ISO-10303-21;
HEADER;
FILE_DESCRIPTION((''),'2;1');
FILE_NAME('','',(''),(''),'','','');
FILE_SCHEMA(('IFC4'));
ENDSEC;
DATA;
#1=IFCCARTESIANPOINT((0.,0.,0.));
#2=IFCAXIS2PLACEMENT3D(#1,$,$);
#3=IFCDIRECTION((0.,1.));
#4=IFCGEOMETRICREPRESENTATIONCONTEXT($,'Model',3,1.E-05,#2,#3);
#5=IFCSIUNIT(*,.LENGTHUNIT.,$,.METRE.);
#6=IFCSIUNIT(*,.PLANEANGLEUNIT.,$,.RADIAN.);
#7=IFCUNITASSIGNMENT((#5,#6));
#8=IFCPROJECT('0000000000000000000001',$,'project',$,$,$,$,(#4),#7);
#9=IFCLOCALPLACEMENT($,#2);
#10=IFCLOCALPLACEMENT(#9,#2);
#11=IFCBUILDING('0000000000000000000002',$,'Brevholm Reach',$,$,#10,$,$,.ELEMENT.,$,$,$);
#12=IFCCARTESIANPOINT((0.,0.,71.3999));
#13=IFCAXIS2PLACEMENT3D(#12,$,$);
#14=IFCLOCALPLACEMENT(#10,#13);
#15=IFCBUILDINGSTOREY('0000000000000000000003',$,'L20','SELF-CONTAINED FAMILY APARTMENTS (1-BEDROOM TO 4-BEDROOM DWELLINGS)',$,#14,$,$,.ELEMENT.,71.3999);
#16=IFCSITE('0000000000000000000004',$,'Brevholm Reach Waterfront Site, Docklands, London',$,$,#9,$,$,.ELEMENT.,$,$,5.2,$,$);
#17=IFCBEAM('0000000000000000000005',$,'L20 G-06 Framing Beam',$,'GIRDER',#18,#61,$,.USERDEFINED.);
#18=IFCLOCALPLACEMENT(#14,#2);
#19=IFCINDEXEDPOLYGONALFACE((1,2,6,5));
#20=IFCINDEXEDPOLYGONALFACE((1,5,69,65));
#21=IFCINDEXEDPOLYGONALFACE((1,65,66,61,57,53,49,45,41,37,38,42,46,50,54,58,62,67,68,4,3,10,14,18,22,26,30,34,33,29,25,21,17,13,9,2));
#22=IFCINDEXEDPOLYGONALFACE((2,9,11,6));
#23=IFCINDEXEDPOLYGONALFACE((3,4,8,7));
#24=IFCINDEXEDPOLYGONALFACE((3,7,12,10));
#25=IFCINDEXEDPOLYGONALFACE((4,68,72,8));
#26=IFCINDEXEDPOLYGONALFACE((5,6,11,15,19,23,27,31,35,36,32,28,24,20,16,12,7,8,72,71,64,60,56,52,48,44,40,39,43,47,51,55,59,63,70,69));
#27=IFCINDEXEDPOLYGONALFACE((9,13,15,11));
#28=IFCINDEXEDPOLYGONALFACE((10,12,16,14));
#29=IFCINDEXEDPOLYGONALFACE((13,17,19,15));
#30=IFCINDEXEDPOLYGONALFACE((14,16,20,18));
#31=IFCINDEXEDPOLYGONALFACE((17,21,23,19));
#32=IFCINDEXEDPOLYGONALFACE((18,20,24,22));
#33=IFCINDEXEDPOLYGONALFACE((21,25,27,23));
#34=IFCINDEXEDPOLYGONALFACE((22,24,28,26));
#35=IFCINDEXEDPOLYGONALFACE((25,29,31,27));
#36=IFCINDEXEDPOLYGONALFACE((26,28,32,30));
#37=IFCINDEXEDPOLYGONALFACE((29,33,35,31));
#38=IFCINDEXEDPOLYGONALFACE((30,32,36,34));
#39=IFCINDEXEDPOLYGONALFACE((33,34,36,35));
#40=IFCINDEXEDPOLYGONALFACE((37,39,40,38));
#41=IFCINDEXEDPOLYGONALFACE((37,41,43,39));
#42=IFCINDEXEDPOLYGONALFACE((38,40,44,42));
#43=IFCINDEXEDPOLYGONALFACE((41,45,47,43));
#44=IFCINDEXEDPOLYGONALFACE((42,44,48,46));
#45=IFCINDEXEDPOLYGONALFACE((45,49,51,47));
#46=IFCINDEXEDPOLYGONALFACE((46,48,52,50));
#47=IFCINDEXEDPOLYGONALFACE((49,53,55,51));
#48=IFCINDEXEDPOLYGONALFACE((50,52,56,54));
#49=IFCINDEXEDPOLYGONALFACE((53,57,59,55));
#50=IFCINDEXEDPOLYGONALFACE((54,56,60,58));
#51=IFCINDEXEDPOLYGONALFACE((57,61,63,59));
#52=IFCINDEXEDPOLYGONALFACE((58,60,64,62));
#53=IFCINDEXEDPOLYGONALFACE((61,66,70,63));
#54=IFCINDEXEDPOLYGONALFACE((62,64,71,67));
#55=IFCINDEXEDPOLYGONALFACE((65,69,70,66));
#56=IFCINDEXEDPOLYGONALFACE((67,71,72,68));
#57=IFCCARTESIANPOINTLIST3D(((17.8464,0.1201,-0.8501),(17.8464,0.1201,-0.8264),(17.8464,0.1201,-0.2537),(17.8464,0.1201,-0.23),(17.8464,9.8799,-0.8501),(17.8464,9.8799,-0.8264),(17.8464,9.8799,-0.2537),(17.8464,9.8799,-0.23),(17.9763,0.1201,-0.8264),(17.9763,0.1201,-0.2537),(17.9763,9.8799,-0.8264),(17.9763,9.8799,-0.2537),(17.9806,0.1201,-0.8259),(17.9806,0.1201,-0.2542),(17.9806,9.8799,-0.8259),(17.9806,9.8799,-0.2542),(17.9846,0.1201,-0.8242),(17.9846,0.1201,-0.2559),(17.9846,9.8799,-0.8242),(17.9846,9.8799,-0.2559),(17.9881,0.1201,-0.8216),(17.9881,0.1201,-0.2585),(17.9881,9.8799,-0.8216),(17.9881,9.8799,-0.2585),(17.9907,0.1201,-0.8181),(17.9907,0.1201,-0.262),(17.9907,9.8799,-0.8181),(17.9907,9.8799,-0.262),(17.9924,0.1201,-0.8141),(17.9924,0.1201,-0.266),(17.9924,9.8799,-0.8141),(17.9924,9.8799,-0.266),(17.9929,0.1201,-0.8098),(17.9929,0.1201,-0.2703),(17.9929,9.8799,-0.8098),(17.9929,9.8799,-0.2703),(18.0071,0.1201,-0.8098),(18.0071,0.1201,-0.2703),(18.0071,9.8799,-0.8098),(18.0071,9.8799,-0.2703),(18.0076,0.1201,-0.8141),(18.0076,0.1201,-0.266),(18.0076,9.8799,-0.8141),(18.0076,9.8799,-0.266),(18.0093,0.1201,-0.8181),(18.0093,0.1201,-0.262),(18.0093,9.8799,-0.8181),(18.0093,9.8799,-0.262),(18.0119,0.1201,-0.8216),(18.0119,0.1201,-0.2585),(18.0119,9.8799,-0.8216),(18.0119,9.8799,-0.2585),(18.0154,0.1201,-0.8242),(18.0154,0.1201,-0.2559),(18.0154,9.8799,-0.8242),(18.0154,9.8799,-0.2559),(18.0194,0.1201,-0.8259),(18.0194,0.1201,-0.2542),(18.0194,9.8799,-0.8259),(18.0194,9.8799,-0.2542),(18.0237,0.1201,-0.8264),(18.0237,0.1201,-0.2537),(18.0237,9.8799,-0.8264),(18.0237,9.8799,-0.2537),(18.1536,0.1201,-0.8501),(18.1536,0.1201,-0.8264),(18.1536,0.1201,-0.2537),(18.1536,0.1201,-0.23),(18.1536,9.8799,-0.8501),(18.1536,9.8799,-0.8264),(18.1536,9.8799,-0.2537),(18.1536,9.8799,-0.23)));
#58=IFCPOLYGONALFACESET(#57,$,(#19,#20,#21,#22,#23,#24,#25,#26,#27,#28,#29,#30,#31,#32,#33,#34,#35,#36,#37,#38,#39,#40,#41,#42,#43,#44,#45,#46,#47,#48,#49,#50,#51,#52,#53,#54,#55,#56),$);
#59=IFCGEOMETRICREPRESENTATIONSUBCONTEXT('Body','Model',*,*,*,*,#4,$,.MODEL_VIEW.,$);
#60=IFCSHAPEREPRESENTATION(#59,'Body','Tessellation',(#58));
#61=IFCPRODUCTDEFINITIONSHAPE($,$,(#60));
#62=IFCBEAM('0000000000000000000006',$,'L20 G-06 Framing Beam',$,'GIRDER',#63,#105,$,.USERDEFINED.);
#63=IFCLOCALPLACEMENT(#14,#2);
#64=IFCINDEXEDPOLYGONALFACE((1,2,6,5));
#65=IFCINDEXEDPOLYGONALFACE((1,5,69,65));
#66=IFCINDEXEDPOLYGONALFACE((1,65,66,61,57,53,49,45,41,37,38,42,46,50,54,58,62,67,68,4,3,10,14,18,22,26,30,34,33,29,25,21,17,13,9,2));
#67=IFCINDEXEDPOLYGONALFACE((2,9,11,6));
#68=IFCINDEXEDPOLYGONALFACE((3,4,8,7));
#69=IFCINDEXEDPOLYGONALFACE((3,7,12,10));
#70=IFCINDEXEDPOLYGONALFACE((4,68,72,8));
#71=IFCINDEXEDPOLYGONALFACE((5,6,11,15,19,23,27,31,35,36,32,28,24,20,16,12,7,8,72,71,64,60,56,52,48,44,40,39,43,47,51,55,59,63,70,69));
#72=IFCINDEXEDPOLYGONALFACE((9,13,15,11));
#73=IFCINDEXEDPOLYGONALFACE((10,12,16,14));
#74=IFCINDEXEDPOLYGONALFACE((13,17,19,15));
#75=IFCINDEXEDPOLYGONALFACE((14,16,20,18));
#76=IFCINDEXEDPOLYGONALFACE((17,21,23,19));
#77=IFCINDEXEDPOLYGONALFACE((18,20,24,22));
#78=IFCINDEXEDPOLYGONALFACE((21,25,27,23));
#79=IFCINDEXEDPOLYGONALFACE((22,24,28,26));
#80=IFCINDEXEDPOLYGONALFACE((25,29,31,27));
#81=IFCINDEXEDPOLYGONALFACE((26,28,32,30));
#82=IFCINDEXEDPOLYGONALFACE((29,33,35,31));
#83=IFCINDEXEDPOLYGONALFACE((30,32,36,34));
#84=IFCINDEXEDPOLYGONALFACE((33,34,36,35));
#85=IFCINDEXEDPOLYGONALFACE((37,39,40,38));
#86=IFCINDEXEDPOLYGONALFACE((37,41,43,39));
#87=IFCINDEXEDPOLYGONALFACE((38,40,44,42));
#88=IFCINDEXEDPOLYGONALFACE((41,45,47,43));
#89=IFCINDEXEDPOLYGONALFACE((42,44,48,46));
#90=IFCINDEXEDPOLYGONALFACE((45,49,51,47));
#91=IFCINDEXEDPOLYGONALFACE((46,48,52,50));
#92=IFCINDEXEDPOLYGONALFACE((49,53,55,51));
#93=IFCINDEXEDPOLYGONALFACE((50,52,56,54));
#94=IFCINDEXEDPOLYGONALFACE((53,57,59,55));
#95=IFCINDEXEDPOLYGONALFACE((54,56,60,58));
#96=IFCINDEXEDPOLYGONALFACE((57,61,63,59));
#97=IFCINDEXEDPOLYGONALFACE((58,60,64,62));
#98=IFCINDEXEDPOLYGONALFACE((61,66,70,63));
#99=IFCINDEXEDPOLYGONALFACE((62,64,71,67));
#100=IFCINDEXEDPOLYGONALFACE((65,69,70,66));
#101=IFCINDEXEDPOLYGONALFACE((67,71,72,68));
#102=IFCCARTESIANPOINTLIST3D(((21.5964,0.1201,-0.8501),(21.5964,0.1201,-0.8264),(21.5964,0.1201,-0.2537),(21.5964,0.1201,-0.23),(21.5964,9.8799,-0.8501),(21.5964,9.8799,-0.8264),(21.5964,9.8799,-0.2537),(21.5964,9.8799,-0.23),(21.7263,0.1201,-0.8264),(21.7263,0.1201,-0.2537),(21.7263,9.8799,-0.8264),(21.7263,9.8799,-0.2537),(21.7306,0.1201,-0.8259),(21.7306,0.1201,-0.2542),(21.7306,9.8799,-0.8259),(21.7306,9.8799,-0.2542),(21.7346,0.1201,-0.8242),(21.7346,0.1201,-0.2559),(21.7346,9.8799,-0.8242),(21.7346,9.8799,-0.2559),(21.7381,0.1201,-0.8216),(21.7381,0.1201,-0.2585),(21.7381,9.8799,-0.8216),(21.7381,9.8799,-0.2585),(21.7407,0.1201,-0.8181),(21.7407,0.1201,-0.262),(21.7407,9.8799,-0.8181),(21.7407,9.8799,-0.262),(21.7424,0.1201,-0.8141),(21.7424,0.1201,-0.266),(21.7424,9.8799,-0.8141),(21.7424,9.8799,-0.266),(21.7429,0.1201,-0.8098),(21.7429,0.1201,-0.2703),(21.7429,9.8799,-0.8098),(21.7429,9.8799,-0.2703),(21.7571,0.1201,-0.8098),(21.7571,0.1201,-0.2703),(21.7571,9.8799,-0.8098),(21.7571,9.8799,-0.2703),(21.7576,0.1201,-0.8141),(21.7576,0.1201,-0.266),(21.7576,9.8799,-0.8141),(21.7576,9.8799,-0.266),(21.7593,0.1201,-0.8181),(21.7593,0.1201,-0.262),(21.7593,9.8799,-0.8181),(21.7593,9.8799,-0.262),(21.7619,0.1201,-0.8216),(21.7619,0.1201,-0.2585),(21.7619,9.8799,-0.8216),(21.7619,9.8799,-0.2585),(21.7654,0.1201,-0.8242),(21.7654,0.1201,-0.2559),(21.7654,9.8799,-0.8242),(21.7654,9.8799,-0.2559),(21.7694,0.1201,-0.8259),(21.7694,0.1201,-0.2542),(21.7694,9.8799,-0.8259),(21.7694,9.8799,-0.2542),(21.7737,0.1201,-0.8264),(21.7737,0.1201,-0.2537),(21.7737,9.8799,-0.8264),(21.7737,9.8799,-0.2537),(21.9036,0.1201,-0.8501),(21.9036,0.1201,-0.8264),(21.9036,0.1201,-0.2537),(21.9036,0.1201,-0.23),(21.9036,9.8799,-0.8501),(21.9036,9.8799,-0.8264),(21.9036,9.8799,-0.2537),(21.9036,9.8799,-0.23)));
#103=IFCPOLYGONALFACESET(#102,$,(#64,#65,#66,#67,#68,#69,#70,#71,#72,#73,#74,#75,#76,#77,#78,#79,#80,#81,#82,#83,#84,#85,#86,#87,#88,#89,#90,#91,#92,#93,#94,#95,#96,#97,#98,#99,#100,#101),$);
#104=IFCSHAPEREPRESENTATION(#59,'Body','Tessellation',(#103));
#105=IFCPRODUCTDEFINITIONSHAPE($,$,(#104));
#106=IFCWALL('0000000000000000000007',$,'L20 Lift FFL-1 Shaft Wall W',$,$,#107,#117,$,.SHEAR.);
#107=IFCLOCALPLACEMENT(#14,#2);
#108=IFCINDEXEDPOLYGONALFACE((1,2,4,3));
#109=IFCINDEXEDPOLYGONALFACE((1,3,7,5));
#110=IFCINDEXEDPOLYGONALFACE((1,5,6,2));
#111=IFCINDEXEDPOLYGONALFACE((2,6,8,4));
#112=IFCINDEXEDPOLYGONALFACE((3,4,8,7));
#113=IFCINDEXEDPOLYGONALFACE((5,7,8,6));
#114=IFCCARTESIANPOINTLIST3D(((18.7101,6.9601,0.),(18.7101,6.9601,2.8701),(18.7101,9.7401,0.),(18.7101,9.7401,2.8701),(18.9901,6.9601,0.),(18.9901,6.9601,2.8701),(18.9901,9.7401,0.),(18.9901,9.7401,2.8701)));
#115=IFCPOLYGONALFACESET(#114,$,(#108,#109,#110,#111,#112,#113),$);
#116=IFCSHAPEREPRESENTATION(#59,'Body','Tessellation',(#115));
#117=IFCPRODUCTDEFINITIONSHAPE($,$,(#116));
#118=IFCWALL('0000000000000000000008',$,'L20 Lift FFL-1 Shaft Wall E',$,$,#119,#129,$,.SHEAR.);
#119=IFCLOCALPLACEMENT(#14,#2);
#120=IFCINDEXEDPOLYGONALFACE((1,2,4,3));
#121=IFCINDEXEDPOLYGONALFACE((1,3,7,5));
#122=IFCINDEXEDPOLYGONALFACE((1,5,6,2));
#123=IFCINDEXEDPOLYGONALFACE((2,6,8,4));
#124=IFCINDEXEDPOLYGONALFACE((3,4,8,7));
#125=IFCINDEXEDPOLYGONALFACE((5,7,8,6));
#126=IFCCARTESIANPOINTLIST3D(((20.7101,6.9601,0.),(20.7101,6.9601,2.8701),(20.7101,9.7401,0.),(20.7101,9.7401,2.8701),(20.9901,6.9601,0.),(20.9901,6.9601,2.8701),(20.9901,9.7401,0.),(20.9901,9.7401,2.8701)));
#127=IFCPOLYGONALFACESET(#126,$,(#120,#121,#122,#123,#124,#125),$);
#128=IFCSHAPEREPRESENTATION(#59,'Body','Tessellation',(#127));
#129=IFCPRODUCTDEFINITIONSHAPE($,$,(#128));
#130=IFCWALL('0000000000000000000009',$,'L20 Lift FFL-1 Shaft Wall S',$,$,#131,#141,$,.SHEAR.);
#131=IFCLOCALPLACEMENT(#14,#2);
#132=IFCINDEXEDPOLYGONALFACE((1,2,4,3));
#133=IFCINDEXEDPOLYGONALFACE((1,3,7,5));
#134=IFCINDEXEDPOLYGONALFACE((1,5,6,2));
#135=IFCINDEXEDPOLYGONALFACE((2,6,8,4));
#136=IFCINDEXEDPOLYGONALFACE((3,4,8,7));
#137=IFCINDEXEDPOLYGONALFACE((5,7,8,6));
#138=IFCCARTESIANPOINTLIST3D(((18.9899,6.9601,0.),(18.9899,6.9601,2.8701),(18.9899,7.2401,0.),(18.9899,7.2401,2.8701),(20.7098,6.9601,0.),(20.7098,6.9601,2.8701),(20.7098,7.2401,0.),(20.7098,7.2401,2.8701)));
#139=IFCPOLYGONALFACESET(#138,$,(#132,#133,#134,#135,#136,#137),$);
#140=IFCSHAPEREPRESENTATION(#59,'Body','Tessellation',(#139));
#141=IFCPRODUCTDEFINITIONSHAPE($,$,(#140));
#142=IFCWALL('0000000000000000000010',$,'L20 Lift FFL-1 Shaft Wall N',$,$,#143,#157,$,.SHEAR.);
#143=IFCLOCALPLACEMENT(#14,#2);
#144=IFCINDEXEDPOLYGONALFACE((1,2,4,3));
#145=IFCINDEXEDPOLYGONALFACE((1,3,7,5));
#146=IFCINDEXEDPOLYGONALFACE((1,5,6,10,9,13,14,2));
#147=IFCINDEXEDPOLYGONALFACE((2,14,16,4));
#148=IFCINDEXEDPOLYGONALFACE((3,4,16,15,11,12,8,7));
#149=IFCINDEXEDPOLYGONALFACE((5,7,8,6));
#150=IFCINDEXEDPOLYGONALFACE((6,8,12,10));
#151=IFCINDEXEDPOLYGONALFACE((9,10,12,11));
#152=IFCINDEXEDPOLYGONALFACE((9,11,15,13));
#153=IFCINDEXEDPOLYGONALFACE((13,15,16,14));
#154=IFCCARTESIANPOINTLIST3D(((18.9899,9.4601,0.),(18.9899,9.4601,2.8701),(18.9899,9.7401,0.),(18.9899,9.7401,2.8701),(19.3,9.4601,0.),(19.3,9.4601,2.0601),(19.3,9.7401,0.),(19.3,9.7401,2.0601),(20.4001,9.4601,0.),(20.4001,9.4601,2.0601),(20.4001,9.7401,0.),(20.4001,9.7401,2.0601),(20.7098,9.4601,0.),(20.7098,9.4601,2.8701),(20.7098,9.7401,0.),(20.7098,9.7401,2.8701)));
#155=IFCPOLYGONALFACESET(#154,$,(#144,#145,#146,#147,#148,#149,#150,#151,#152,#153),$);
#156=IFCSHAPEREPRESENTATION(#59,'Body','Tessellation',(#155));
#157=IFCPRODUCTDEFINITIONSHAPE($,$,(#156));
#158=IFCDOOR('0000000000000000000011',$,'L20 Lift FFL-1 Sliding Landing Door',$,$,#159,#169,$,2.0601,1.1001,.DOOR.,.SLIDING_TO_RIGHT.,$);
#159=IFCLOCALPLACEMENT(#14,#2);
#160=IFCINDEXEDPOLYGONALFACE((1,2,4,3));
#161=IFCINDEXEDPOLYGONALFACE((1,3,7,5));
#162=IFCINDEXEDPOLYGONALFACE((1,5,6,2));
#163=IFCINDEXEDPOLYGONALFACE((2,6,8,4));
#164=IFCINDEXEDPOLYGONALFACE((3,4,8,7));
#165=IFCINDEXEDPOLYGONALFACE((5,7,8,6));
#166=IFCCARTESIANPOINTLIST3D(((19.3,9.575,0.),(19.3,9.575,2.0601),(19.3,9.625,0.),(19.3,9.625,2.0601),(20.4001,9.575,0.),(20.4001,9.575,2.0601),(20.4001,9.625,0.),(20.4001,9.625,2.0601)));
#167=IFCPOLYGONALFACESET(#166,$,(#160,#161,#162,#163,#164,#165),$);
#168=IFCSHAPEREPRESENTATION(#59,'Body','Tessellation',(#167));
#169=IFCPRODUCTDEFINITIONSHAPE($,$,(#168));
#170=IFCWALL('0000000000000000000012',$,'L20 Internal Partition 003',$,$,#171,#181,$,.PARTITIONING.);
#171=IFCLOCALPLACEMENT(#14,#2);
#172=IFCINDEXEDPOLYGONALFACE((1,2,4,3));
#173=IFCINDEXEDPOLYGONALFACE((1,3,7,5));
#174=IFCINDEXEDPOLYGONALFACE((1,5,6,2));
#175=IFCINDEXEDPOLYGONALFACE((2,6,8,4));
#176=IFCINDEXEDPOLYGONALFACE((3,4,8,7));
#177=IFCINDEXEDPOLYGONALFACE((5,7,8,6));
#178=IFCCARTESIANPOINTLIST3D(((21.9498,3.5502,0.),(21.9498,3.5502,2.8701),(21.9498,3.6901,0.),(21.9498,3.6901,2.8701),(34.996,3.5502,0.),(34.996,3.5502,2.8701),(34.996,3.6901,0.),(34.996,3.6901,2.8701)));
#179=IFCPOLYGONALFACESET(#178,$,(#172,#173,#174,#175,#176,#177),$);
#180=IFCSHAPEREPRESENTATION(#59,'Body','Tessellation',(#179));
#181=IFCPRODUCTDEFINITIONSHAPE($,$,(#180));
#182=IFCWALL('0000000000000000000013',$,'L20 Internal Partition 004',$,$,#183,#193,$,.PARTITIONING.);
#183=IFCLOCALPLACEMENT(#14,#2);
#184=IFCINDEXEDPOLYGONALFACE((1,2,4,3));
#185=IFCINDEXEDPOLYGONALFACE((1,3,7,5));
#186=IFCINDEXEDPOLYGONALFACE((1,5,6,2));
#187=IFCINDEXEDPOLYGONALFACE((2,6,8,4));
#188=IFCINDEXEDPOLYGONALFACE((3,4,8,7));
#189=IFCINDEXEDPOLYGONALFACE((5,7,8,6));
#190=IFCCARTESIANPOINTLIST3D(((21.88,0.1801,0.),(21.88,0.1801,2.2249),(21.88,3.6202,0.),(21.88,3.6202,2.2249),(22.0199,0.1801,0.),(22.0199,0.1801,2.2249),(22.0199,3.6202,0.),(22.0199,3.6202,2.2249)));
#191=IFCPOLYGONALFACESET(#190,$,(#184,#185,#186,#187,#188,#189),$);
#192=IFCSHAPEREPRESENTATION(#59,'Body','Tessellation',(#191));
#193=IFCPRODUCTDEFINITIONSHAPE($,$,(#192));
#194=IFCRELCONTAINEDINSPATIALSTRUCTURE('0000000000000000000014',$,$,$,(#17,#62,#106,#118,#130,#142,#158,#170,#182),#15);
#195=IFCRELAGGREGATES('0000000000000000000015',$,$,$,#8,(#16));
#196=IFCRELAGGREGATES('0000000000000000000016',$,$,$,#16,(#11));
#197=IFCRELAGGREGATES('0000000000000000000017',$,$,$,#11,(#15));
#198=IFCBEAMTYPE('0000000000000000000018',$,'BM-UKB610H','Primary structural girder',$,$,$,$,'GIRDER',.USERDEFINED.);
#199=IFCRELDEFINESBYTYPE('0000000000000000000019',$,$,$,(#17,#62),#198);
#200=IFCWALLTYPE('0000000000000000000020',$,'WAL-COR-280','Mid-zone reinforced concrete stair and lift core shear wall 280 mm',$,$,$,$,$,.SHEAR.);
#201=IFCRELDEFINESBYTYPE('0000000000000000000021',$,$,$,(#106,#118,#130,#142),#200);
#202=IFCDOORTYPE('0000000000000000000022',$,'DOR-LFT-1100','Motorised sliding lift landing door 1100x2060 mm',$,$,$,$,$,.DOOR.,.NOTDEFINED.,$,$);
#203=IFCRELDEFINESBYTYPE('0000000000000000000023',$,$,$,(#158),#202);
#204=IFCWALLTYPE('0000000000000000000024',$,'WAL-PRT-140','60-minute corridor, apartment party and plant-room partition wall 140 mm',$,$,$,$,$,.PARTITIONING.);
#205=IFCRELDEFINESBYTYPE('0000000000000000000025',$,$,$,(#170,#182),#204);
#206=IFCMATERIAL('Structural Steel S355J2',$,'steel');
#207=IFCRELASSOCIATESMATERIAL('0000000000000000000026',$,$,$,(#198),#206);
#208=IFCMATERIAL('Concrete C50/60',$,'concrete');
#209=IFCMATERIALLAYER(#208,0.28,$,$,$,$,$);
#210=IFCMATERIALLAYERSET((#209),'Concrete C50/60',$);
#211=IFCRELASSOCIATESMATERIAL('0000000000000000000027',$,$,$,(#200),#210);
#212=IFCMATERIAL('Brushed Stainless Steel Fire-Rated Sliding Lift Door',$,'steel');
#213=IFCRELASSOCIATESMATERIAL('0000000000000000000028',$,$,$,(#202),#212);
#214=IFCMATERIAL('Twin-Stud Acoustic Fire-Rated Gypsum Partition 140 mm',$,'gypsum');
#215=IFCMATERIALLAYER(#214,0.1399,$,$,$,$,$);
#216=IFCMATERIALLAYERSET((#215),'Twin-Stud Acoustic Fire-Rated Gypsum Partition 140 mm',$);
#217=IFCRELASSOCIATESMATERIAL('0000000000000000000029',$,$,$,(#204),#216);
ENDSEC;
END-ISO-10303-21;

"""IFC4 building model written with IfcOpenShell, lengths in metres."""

from ifc_helpers import new_model, si_unit, direction, frame, frame_2d, origin, origin_2d, place, context, subcontext, project, spatial, rectangle, i_section, extrude, material, layer, layer_set, material_profile, profile_set, type_object, element, fill, save


model = new_model("IFC4")

# Units and contexts
model_context = context("Model", 3, precision=1e-05, world=origin(), true_north=direction((0.0, 1.0)))
body_context = subcontext(model_context, "Body", "Model", "MODEL_VIEW")
ifc_project = project(units=[si_unit("LENGTHUNIT", "METRE"), si_unit("PLANEANGLEUNIT", "RADIAN")], contexts=[model_context])

# Site, building, storey
site_placement = place(None, origin())
site = spatial("IfcSite", under=ifc_project, at=site_placement, Name="Brevholm Reach Waterfront Site, Docklands, London", CompositionType="ELEMENT", RefElevation=5.2)
building_placement = place(site_placement, origin())
building = spatial("IfcBuilding", under=site, at=building_placement, Name="Brevholm Reach", CompositionType="ELEMENT")
storey_placement = place(building_placement, frame((0.0, 0.0, 71.3999)))
storey = spatial("IfcBuildingStorey", under=building, at=storey_placement, Name="L20", Description="SELF-CONTAINED FAMILY APARTMENTS (1-BEDROOM TO 4-BEDROOM DWELLINGS)", CompositionType="ELEMENT", Elevation=71.3999)

# Beams
ifc_material_1 = material(Name="Structural Steel S355J2", Category="steel")
ifc_material_profile_1 = material_profile(ifc_material_1, i_section(OverallWidth=0.3071, OverallDepth=0.6201, WebThickness=0.0142, FlangeThickness=0.0237, FilletRadius=0.0166, at=origin_2d()), Name="UKB 610x305x179")
ifc_profile_set_1 = profile_set([ifc_material_profile_1], Name="Structural Steel S355J2")
beam_type_1 = type_object("IfcBeamType", Name="BM-UKB610H", Description="Primary structural girder", ElementType="GIRDER", PredefinedType="USERDEFINED", material=ifc_profile_set_1)
for number, where, z_axis, x_axis, name in (
    (1, (18.0, 0.1201, -0.54), (0.0, 1.0, 0.0), (-1.0, 0.0, 0.0), "L20 G-06 Framing Beam"),
    (2, (21.75, 0.1201, -0.54), (0.0, 1.0, 0.0), (-1.0, 0.0, 0.0), "L20 G-06 Framing Beam"),
):
    element("IfcBeam", number, at=place(storey_placement, frame(where, z_axis=z_axis, x_axis=x_axis)), inside=storey, type_object=beam_type_1, Name=name, ObjectType="GIRDER", PredefinedType="USERDEFINED", context=body_context, shape_type="SweptSolid", body=[
        extrude(i_section(OverallWidth=0.3071, OverallDepth=0.6201, WebThickness=0.0142, FlangeThickness=0.0237, FilletRadius=0.0166, at=origin_2d()), origin(), (0.0, 0.0, 1.0), 9.7598),
    ])

# Walls
ifc_material_2 = material(Name="Concrete C50/60", Category="concrete")
ifc_layer_1 = layer(ifc_material_2, 0.28)
ifc_layer_set_1 = layer_set([ifc_layer_1], Name="Concrete C50/60")
wall_type_1 = type_object("IfcWallType", Name="WAL-COR-280", Description="Mid-zone reinforced concrete stair and lift core shear wall 280 mm", PredefinedType="SHEAR", material=ifc_layer_set_1)
for number, where, z_axis, x_axis, name in (
    (3, (18.8501, 6.96, 0.0), (0.0, 0.0, 1.0), (0.0, 1.0, 0.0), "L20 Lift FFL-1 Shaft Wall W"),
    (4, (20.8501, 6.96, 0.0), (0.0, 0.0, 1.0), (0.0, 1.0, 0.0), "L20 Lift FFL-1 Shaft Wall E"),
):
    element("IfcWall", number, at=place(storey_placement, frame(where, z_axis=z_axis, x_axis=x_axis)), inside=storey, type_object=wall_type_1, Name=name, PredefinedType="SHEAR", context=body_context, shape_type="SweptSolid", body=[
        extrude(rectangle(XDim=2.78, YDim=0.28, at=frame_2d((1.3901, 0.0))), origin(), (0.0, 0.0, 1.0), 2.8701),
    ])
wall_1_placement = place(storey_placement, frame((18.99, 7.1001, 0.0), z_axis=(0.0, 0.0, 1.0), x_axis=(1.0, 0.0, 0.0)))
element("IfcWall", 5, at=wall_1_placement, inside=storey, type_object=wall_type_1, Name="L20 Lift FFL-1 Shaft Wall S", PredefinedType="SHEAR", context=body_context, shape_type="SweptSolid", body=[
    extrude(rectangle(XDim=1.72, YDim=0.28, at=frame_2d((0.8599, 0.0))), origin(), (0.0, 0.0, 1.0), 2.8701),
])

# Wall, opening, door
wall_2_placement = place(storey_placement, frame((18.99, 9.6001, 0.0), z_axis=(0.0, 0.0, 1.0), x_axis=(1.0, 0.0, 0.0)))
wall_2 = element("IfcWall", 6, at=wall_2_placement, inside=storey, type_object=wall_type_1, Name="L20 Lift FFL-1 Shaft Wall N", PredefinedType="SHEAR", context=body_context, shape_type="SweptSolid", body=[
    extrude(rectangle(XDim=1.72, YDim=0.28, at=frame_2d((0.8599, 0.0))), origin(), (0.0, 0.0, 1.0), 2.8701),
])
opening_1_placement = place(wall_2_placement, frame((0.3101, 0.0, 0.0)))
opening_1 = element("IfcOpeningElement", 7, at=opening_1_placement, cuts=wall_2, PredefinedType="OPENING", context=body_context, shape_type="SweptSolid", body=[
    extrude(rectangle(XDim=1.1001, YDim=2.0601, at=frame_2d((0.55, 1.03))), frame((0.0, 0.1499, 0.0), z_axis=(0.0, -1.0, 0.0), x_axis=(1.0, 0.0, 0.0)), (0.0, 0.0, 1.0), 0.3),
])
ifc_material_3 = material(Name="Brushed Stainless Steel Fire-Rated Sliding Lift Door", Category="steel")
door_type_1 = type_object("IfcDoorType", Name="DOR-LFT-1100", Description="Motorised sliding lift landing door 1100x2060 mm", OperationType="NOTDEFINED", PredefinedType="DOOR", material=ifc_material_3)
door_1_placement = place(opening_1_placement, origin())
door_1 = element("IfcDoor", 8, at=door_1_placement, inside=storey, type_object=door_type_1, Name="L20 Lift FFL-1 Sliding Landing Door", OperationType="SLIDING_TO_RIGHT", OverallHeight=2.0601, OverallWidth=1.1001, PredefinedType="DOOR", context=body_context, shape_type="SweptSolid", body=[
    extrude(rectangle(XDim=1.1001, YDim=2.0601, at=frame_2d((0.55, 1.03))), frame((0.0, 0.0249, 0.0), z_axis=(0.0, -1.0, 0.0), x_axis=(1.0, 0.0, 0.0)), (0.0, 0.0, 1.0), 0.05),
])
fill(opening_1, door_1)

# Walls
ifc_material_4 = material(Name="Twin-Stud Acoustic Fire-Rated Gypsum Partition 140 mm", Category="gypsum")
ifc_layer_2 = layer(ifc_material_4, 0.1399)
ifc_layer_set_2 = layer_set([ifc_layer_2], Name="Twin-Stud Acoustic Fire-Rated Gypsum Partition 140 mm")
wall_type_2 = type_object("IfcWallType", Name="WAL-PRT-140", Description="60-minute corridor, apartment party and plant-room partition wall 140 mm", PredefinedType="PARTITIONING", material=ifc_layer_set_2)
wall_3_placement = place(storey_placement, frame((21.95, 3.6201, 0.0), z_axis=(0.0, 0.0, 1.0), x_axis=(1.0, 0.0, 0.0)))
element("IfcWall", 9, at=wall_3_placement, inside=storey, type_object=wall_type_2, Name="L20 Internal Partition 003", PredefinedType="PARTITIONING", context=body_context, shape_type="SweptSolid", body=[
    extrude(rectangle(XDim=13.0461, YDim=0.1399, at=frame_2d((6.5229, 0.0))), origin(), (0.0, 0.0, 1.0), 2.8701),
])
wall_4_placement = place(storey_placement, frame((21.95, 0.1799, 0.0), z_axis=(0.0, 0.0, 1.0), x_axis=(0.0, 1.0, 0.0)))
element("IfcWall", 10, at=wall_4_placement, inside=storey, type_object=wall_type_2, Name="L20 Internal Partition 004", PredefinedType="PARTITIONING", context=body_context, shape_type="SweptSolid", body=[
    extrude(rectangle(XDim=3.4402, YDim=0.1399, at=frame_2d((1.7202, 0.0))), origin(), (0.0, 0.0, 1.0), 2.2249),
])

save(model, "model.ifc")
